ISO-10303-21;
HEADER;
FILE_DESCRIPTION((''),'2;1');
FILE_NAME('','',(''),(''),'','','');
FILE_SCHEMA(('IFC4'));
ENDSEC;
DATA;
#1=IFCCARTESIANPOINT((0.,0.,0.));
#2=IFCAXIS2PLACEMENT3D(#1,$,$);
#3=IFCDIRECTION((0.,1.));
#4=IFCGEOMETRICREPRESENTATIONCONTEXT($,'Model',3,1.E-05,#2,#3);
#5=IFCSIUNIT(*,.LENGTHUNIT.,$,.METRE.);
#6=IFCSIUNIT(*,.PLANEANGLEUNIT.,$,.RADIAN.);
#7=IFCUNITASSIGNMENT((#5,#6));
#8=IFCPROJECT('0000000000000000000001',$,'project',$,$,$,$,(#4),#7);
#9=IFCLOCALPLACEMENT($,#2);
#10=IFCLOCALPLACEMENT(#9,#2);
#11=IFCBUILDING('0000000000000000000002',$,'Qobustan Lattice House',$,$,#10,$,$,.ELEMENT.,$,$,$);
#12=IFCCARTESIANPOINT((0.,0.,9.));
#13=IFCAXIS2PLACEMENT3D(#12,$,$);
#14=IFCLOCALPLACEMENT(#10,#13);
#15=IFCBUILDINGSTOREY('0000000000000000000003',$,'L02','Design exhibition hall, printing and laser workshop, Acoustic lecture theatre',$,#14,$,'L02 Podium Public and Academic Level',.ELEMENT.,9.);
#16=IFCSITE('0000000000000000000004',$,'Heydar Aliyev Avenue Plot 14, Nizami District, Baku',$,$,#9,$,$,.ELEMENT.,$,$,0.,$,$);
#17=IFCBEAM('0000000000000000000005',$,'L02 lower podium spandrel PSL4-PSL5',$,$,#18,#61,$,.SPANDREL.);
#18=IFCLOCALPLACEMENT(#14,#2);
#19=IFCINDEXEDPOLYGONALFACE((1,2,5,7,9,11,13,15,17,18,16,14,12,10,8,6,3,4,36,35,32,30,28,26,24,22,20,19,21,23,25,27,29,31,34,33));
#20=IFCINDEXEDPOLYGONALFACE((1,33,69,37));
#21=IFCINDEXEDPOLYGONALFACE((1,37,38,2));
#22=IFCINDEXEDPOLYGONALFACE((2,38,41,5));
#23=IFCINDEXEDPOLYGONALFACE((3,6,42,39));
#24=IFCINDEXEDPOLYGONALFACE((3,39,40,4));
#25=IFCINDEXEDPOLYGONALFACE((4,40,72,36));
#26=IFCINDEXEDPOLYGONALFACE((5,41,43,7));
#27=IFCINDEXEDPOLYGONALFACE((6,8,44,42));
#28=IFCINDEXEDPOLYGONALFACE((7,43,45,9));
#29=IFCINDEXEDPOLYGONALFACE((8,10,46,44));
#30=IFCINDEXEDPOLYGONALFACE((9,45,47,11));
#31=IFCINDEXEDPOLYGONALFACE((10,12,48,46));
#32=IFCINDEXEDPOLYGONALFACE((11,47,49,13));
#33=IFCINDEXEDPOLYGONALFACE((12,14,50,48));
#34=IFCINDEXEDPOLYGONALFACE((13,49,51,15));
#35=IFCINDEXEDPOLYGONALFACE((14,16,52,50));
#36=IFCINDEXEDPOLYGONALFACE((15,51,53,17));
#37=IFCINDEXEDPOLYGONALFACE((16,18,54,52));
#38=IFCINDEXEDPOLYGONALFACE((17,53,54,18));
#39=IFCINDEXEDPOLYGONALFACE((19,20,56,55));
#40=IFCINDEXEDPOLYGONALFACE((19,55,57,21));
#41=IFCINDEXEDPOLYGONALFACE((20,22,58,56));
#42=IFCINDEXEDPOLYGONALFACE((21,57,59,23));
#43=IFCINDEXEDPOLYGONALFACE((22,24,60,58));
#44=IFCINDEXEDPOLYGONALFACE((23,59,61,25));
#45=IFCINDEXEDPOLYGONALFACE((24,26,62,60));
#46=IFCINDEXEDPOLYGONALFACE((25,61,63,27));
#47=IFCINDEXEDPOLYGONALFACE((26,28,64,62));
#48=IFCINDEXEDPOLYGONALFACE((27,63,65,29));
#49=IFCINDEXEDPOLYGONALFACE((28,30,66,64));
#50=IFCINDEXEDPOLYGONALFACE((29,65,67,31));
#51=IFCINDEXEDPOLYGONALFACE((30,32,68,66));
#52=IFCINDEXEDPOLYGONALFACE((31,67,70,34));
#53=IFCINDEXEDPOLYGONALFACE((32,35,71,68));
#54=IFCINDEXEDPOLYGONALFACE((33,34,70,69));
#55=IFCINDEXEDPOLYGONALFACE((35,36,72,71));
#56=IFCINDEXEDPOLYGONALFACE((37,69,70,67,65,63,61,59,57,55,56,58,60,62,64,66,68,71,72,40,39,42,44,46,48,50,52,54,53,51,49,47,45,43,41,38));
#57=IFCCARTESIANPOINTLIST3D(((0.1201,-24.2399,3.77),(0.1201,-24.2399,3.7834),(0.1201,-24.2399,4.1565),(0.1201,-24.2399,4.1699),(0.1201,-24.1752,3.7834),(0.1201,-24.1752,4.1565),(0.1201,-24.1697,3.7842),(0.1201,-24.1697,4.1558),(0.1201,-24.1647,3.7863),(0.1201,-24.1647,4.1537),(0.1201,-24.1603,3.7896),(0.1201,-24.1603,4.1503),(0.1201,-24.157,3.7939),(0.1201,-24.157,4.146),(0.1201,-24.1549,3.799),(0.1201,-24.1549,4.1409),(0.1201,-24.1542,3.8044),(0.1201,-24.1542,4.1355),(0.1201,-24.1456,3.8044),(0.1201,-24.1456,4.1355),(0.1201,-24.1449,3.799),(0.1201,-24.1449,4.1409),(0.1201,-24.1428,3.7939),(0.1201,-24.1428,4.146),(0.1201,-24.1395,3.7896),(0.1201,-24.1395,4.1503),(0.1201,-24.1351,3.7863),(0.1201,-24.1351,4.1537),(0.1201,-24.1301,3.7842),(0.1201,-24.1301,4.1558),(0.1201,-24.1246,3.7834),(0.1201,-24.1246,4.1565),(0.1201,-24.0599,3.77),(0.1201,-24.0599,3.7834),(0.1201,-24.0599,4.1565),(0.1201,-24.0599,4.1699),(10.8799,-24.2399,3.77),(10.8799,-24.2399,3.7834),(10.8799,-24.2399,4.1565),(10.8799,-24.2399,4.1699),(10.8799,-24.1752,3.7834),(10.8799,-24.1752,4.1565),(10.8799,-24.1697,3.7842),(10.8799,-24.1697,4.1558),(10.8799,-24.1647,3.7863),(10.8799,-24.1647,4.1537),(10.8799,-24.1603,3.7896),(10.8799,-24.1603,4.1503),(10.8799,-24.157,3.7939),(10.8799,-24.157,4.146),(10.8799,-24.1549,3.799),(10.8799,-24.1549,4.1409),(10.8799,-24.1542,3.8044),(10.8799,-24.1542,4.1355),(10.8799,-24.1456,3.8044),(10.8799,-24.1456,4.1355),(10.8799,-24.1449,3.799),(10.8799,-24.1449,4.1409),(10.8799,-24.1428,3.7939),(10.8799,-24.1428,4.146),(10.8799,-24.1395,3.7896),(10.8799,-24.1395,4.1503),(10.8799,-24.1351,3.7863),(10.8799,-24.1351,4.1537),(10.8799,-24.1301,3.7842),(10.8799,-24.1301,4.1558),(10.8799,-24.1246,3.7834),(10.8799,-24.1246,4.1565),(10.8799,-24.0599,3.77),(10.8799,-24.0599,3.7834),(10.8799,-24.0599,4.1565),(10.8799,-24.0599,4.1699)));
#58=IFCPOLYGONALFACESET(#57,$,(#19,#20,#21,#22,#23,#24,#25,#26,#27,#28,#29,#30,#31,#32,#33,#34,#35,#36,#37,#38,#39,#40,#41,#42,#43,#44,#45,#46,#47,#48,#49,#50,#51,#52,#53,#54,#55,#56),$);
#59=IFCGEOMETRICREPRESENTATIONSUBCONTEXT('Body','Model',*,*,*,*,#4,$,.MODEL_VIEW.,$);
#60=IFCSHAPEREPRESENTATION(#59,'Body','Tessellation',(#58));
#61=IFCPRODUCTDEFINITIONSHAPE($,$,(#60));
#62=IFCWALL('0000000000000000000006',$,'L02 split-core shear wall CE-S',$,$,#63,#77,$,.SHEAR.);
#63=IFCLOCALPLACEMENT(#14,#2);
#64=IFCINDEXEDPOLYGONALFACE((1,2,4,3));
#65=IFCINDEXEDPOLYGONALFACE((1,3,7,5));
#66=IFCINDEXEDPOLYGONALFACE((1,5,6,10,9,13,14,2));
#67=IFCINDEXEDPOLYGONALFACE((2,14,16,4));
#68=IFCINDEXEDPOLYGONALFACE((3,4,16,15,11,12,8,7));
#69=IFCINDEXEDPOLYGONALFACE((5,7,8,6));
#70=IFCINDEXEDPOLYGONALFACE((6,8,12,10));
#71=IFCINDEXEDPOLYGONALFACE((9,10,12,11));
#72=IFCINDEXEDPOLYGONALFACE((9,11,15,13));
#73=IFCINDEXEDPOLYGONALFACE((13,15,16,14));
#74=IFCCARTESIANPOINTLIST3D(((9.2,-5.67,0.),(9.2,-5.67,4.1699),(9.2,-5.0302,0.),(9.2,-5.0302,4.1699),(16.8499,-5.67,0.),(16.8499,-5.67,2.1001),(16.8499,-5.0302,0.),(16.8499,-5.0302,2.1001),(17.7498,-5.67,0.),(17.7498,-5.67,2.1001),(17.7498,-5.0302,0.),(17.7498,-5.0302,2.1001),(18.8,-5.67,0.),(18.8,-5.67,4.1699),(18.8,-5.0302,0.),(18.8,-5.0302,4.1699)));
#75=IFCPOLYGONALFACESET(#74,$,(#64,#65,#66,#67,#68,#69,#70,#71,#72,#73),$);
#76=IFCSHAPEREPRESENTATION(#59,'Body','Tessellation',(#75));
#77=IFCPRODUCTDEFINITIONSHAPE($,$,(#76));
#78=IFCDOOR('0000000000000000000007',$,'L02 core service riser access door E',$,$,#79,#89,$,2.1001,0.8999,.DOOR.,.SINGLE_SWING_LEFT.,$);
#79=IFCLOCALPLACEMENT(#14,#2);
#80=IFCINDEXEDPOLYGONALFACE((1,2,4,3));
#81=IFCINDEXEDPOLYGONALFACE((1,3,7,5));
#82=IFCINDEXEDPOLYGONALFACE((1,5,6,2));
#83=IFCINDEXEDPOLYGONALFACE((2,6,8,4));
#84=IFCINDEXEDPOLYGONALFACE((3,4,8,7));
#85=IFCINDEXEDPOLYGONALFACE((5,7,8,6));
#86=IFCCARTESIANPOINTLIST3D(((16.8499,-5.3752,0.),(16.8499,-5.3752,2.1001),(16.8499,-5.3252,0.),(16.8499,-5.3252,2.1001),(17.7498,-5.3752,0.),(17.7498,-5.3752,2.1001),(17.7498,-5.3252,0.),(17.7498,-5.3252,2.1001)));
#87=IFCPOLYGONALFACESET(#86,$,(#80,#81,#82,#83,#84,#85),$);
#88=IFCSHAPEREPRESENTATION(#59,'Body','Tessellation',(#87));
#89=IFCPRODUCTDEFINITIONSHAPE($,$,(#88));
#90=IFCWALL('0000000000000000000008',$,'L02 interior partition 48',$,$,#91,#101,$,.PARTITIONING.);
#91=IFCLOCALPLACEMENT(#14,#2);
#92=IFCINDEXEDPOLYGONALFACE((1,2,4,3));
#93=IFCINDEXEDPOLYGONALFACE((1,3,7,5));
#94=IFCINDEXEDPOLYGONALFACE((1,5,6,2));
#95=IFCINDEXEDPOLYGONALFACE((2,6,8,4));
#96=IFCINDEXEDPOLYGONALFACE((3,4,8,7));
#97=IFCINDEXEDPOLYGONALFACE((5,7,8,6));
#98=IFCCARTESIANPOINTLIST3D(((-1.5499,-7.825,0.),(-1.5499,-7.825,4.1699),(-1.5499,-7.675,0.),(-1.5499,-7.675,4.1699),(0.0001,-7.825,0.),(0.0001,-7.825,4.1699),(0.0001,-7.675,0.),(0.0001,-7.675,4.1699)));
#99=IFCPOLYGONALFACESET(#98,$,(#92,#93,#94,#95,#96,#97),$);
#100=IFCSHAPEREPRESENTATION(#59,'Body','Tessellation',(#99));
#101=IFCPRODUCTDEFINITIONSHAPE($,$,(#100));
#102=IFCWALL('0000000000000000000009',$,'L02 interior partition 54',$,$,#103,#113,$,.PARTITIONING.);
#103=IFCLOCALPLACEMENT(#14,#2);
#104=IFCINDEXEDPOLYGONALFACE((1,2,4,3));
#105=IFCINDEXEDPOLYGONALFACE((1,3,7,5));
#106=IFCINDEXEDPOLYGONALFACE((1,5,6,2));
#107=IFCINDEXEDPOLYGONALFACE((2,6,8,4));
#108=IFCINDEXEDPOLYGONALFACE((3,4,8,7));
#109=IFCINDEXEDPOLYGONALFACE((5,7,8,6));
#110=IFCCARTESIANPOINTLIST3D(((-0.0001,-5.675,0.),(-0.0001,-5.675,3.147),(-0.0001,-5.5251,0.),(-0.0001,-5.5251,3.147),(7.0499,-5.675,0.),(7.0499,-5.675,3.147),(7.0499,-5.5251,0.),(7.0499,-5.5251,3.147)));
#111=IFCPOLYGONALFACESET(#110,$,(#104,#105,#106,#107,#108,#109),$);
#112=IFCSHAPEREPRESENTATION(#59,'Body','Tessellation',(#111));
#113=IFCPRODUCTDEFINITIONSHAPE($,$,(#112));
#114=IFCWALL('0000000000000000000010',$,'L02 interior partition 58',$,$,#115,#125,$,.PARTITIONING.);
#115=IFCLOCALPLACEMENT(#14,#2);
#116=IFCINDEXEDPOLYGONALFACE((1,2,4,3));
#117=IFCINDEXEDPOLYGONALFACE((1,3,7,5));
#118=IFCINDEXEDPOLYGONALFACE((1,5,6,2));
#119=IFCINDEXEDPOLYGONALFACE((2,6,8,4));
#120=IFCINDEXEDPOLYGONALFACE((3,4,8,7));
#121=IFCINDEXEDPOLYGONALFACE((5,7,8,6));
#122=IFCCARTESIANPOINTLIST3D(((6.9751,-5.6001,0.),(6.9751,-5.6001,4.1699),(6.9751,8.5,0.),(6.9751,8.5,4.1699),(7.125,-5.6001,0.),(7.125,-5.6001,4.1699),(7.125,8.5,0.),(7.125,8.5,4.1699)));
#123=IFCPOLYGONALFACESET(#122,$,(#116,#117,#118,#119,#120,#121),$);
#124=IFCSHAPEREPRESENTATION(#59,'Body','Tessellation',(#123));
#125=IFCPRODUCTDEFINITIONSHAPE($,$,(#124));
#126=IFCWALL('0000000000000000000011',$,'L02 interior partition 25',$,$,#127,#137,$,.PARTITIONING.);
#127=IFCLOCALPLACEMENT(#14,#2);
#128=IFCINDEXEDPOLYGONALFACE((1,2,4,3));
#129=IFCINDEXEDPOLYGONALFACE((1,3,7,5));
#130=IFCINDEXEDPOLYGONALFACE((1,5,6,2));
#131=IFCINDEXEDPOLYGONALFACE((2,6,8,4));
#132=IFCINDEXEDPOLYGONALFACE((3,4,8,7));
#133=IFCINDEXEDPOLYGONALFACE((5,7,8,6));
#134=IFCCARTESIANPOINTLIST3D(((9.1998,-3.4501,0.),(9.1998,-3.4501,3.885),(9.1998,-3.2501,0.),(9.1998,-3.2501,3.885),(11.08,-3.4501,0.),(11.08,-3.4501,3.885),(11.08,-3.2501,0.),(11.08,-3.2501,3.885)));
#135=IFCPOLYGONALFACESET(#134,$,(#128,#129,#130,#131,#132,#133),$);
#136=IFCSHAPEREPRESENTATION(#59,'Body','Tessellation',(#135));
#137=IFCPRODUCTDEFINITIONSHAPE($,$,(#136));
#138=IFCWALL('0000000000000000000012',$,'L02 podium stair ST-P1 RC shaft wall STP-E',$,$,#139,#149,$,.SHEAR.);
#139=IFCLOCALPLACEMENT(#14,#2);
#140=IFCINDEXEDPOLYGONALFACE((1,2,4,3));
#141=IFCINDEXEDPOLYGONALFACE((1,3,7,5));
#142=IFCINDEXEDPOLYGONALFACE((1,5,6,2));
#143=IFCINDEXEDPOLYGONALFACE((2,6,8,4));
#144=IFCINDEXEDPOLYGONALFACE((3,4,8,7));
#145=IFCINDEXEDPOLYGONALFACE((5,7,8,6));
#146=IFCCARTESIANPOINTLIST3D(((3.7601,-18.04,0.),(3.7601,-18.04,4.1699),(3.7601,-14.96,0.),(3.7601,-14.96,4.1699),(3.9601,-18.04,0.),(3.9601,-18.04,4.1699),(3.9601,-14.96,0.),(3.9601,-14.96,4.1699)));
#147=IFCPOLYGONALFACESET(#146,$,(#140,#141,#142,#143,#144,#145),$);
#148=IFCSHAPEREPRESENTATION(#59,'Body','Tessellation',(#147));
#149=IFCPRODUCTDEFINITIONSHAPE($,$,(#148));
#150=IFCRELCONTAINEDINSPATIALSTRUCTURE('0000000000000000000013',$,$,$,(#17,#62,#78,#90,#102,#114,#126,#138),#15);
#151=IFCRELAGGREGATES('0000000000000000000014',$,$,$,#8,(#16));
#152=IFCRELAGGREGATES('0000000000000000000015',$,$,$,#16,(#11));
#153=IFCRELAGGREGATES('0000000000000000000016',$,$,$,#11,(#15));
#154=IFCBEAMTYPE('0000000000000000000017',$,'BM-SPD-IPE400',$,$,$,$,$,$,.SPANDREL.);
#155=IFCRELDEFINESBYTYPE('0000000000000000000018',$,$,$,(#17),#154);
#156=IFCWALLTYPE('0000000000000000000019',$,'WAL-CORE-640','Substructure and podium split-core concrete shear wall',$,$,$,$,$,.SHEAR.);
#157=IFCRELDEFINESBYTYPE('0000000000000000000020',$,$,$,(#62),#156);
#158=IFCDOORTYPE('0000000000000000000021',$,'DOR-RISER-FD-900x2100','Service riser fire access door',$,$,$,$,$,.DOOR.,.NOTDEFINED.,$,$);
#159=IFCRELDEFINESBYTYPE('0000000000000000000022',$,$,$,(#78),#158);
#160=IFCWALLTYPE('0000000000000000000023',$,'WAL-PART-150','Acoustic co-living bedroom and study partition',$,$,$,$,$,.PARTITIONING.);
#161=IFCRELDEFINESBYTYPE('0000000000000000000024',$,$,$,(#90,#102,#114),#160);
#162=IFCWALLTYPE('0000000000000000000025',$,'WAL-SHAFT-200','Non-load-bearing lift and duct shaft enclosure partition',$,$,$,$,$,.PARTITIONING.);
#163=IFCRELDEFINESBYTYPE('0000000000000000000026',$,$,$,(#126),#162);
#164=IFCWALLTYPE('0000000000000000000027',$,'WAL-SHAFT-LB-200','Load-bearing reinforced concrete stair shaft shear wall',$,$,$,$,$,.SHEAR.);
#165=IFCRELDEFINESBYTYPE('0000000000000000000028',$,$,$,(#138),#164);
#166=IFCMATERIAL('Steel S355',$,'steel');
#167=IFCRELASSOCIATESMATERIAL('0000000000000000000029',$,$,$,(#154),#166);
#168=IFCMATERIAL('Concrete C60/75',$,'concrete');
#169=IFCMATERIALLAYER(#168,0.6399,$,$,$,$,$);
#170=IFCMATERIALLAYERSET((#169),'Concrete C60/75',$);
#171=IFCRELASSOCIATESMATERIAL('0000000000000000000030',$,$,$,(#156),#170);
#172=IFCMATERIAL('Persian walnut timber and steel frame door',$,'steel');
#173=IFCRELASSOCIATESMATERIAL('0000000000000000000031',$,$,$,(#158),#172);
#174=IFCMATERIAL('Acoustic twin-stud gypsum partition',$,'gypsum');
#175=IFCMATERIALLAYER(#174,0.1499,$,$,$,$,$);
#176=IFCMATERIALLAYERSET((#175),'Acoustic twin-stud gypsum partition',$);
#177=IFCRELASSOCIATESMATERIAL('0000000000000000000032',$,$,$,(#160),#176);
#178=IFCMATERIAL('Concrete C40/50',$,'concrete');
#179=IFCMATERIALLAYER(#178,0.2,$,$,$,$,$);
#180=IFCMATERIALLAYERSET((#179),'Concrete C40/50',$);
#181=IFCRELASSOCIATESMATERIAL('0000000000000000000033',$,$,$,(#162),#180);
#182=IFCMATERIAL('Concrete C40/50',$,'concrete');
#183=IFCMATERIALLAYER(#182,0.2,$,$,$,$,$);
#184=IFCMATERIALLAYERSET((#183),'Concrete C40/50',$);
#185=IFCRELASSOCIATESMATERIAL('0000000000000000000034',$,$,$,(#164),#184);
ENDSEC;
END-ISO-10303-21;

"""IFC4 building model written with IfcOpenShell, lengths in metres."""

from ifc_helpers import new_model, si_unit, direction, frame, frame_2d, origin, origin_2d, place, context, subcontext, project, spatial, rectangle, i_section, extrude, material, layer, layer_set, material_profile, profile_set, type_object, element, fill, save


model = new_model("IFC4")

# Units and contexts
model_context = context("Model", 3, precision=1e-05, world=origin(), true_north=direction((0.0, 1.0)))
body_context = subcontext(model_context, "Body", "Model", "MODEL_VIEW")
ifc_project = project(units=[si_unit("LENGTHUNIT", "METRE"), si_unit("PLANEANGLEUNIT", "RADIAN")], contexts=[model_context])

# Site, building, storey
site_placement = place(None, origin())
site = spatial("IfcSite", under=ifc_project, at=site_placement, Name="Heydar Aliyev Avenue Plot 14, Nizami District, Baku", CompositionType="ELEMENT", RefElevation=0.0)
building_placement = place(site_placement, origin())
building = spatial("IfcBuilding", under=site, at=building_placement, Name="Qobustan Lattice House", CompositionType="ELEMENT")
storey_placement = place(building_placement, frame((0.0, 0.0, 9.0)))
storey = spatial("IfcBuildingStorey", under=building, at=storey_placement, Name="L02", Description="Design exhibition hall, printing and laser workshop, Acoustic lecture theatre", LongName="L02 Podium Public and Academic Level", CompositionType="ELEMENT", Elevation=9.0)

# Beam
ifc_material_1 = material(Name="Steel S355", Category="steel")
ifc_material_profile_1 = material_profile(ifc_material_1, i_section(OverallWidth=0.1799, OverallDepth=0.3999, WebThickness=0.0085, FlangeThickness=0.0134, FilletRadius=0.021, at=origin_2d()), Name="IPE400")
ifc_profile_set_1 = profile_set([ifc_material_profile_1], Name="Steel S355")
beam_type_1 = type_object("IfcBeamType", Name="BM-SPD-IPE400", PredefinedType="SPANDREL", material=ifc_profile_set_1)
for number, where, z_axis, x_axis, name in (
    (1, (0.1201, -24.1499, 3.97), (1.0, 0.0, 0.0), (0.0, 1.0, 0.0), "L02 lower podium spandrel PSL4-PSL5"),
):
    element("IfcBeam", number, at=place(storey_placement, frame(where, z_axis=z_axis, x_axis=x_axis)), inside=storey, type_object=beam_type_1, Name=name, PredefinedType="SPANDREL", context=body_context, shape_type="SweptSolid", body=[
        extrude(i_section(OverallWidth=0.1799, OverallDepth=0.3999, WebThickness=0.0085, FlangeThickness=0.0134, FilletRadius=0.021, at=origin_2d()), origin(), (0.0, 0.0, 1.0), 10.7598),
    ])

# Wall, opening, door
ifc_material_2 = material(Name="Concrete C60/75", Category="concrete")
ifc_layer_1 = layer(ifc_material_2, 0.6399)
ifc_layer_set_1 = layer_set([ifc_layer_1], Name="Concrete C60/75")
wall_type_1 = type_object("IfcWallType", Name="WAL-CORE-640", Description="Substructure and podium split-core concrete shear wall", PredefinedType="SHEAR", material=ifc_layer_set_1)
wall_1_placement = place(storey_placement, frame((9.2, -5.3501, 0.0), z_axis=(0.0, 0.0, 1.0), x_axis=(1.0, 0.0, 0.0)))
wall_1 = element("IfcWall", 2, at=wall_1_placement, inside=storey, type_object=wall_type_1, Name="L02 split-core shear wall CE-S", PredefinedType="SHEAR", context=body_context, shape_type="SweptSolid", body=[
    extrude(rectangle(XDim=9.6001, YDim=0.6399, at=frame_2d((4.8, 0.0))), origin(), (0.0, 0.0, 1.0), 4.1699),
])
opening_1_placement = place(wall_1_placement, frame((7.6499, 0.0, 0.0)))
opening_1 = element("IfcOpeningElement", 3, at=opening_1_placement, cuts=wall_1, PredefinedType="OPENING", context=body_context, shape_type="SweptSolid", body=[
    extrude(rectangle(XDim=0.8999, YDim=2.1001, at=frame_2d((0.45, 1.05))), frame((0.0, 0.3298, 0.0), z_axis=(0.0, -1.0, 0.0), x_axis=(1.0, 0.0, 0.0)), (0.0, 0.0, 1.0), 0.6599),
])
ifc_material_3 = material(Name="Persian walnut timber and steel frame door", Category="steel")
door_type_1 = type_object("IfcDoorType", Name="DOR-RISER-FD-900x2100", Description="Service riser fire access door", OperationType="NOTDEFINED", PredefinedType="DOOR", material=ifc_material_3)
door_1_placement = place(opening_1_placement, origin())
door_1 = element("IfcDoor", 4, at=door_1_placement, inside=storey, type_object=door_type_1, Name="L02 core service riser access door E", OperationType="SINGLE_SWING_LEFT", OverallHeight=2.1001, OverallWidth=0.8999, PredefinedType="DOOR", context=body_context, shape_type="SweptSolid", body=[
    extrude(rectangle(XDim=0.8999, YDim=2.1001, at=frame_2d((0.45, 1.05))), frame((0.0, 0.0249, 0.0), z_axis=(0.0, -1.0, 0.0), x_axis=(1.0, 0.0, 0.0)), (0.0, 0.0, 1.0), 0.05),
])
fill(opening_1, door_1)

# Walls
ifc_material_4 = material(Name="Acoustic twin-stud gypsum partition", Category="gypsum")
ifc_layer_2 = layer(ifc_material_4, 0.1499)
ifc_layer_set_2 = layer_set([ifc_layer_2], Name="Acoustic twin-stud gypsum partition")
wall_type_2 = type_object("IfcWallType", Name="WAL-PART-150", Description="Acoustic co-living bedroom and study partition", PredefinedType="PARTITIONING", material=ifc_layer_set_2)
wall_2_placement = place(storey_placement, frame((0.0, -7.75, 0.0), z_axis=(0.0, 0.0, 1.0), x_axis=(-1.0, 0.0, 0.0)))
element("IfcWall", 5, at=wall_2_placement, inside=storey, type_object=wall_type_2, Name="L02 interior partition 48", PredefinedType="PARTITIONING", context=body_context, shape_type="SweptSolid", body=[
    extrude(rectangle(XDim=1.55, YDim=0.1499, at=frame_2d((0.7749, 0.0))), origin(), (0.0, 0.0, 1.0), 4.1699),
])
wall_3_placement = place(storey_placement, frame((0.0, -5.6001, 0.0), z_axis=(0.0, 0.0, 1.0), x_axis=(1.0, 0.0, 0.0)))
element("IfcWall", 6, at=wall_3_placement, inside=storey, type_object=wall_type_2, Name="L02 interior partition 54", PredefinedType="PARTITIONING", context=body_context, shape_type="SweptSolid", body=[
    extrude(rectangle(XDim=7.05, YDim=0.1499, at=frame_2d((3.5249, 0.0))), origin(), (0.0, 0.0, 1.0), 3.147),
])
wall_4_placement = place(storey_placement, frame((7.05, -5.6001, 0.0), z_axis=(0.0, 0.0, 1.0), x_axis=(0.0, 1.0, 0.0)))
element("IfcWall", 7, at=wall_4_placement, inside=storey, type_object=wall_type_2, Name="L02 interior partition 58", PredefinedType="PARTITIONING", context=body_context, shape_type="SweptSolid", body=[
    extrude(rectangle(XDim=14.1001, YDim=0.1499, at=frame_2d((7.05, 0.0))), origin(), (0.0, 0.0, 1.0), 4.1699),
])
ifc_material_5 = material(Name="Concrete C40/50", Category="concrete")
ifc_layer_3 = layer(ifc_material_5, 0.2)
ifc_layer_set_3 = layer_set([ifc_layer_3], Name="Concrete C40/50")
wall_type_3 = type_object("IfcWallType", Name="WAL-SHAFT-200", Description="Non-load-bearing lift and duct shaft enclosure partition", PredefinedType="PARTITIONING", material=ifc_layer_set_3)
wall_5_placement = place(storey_placement, frame((9.2, -3.3501, 0.0), z_axis=(0.0, 0.0, 1.0), x_axis=(1.0, 0.0, 0.0)))
element("IfcWall", 8, at=wall_5_placement, inside=storey, type_object=wall_type_3, Name="L02 interior partition 25", PredefinedType="PARTITIONING", context=body_context, shape_type="SweptSolid", body=[
    extrude(rectangle(XDim=1.8801, YDim=0.2, at=frame_2d((0.9399, 0.0))), origin(), (0.0, 0.0, 1.0), 3.885),
])
ifc_material_6 = material(Name="Concrete C40/50", Category="concrete")
ifc_layer_4 = layer(ifc_material_6, 0.2)
ifc_layer_set_4 = layer_set([ifc_layer_4], Name="Concrete C40/50")
wall_type_4 = type_object("IfcWallType", Name="WAL-SHAFT-LB-200", Description="Load-bearing reinforced concrete stair shaft shear wall", PredefinedType="SHEAR", material=ifc_layer_set_4)
wall_6_placement = place(storey_placement, frame((3.8601, -18.04, 0.0), z_axis=(0.0, 0.0, 1.0), x_axis=(0.0, 1.0, 0.0)))
element("IfcWall", 9, at=wall_6_placement, inside=storey, type_object=wall_type_4, Name="L02 podium stair ST-P1 RC shaft wall STP-E", PredefinedType="SHEAR", context=body_context, shape_type="SweptSolid", body=[
    extrude(rectangle(XDim=3.0801, YDim=0.2, at=frame_2d((1.54, 0.0))), origin(), (0.0, 0.0, 1.0), 4.1699),
])

save(model, "model.ifc")
